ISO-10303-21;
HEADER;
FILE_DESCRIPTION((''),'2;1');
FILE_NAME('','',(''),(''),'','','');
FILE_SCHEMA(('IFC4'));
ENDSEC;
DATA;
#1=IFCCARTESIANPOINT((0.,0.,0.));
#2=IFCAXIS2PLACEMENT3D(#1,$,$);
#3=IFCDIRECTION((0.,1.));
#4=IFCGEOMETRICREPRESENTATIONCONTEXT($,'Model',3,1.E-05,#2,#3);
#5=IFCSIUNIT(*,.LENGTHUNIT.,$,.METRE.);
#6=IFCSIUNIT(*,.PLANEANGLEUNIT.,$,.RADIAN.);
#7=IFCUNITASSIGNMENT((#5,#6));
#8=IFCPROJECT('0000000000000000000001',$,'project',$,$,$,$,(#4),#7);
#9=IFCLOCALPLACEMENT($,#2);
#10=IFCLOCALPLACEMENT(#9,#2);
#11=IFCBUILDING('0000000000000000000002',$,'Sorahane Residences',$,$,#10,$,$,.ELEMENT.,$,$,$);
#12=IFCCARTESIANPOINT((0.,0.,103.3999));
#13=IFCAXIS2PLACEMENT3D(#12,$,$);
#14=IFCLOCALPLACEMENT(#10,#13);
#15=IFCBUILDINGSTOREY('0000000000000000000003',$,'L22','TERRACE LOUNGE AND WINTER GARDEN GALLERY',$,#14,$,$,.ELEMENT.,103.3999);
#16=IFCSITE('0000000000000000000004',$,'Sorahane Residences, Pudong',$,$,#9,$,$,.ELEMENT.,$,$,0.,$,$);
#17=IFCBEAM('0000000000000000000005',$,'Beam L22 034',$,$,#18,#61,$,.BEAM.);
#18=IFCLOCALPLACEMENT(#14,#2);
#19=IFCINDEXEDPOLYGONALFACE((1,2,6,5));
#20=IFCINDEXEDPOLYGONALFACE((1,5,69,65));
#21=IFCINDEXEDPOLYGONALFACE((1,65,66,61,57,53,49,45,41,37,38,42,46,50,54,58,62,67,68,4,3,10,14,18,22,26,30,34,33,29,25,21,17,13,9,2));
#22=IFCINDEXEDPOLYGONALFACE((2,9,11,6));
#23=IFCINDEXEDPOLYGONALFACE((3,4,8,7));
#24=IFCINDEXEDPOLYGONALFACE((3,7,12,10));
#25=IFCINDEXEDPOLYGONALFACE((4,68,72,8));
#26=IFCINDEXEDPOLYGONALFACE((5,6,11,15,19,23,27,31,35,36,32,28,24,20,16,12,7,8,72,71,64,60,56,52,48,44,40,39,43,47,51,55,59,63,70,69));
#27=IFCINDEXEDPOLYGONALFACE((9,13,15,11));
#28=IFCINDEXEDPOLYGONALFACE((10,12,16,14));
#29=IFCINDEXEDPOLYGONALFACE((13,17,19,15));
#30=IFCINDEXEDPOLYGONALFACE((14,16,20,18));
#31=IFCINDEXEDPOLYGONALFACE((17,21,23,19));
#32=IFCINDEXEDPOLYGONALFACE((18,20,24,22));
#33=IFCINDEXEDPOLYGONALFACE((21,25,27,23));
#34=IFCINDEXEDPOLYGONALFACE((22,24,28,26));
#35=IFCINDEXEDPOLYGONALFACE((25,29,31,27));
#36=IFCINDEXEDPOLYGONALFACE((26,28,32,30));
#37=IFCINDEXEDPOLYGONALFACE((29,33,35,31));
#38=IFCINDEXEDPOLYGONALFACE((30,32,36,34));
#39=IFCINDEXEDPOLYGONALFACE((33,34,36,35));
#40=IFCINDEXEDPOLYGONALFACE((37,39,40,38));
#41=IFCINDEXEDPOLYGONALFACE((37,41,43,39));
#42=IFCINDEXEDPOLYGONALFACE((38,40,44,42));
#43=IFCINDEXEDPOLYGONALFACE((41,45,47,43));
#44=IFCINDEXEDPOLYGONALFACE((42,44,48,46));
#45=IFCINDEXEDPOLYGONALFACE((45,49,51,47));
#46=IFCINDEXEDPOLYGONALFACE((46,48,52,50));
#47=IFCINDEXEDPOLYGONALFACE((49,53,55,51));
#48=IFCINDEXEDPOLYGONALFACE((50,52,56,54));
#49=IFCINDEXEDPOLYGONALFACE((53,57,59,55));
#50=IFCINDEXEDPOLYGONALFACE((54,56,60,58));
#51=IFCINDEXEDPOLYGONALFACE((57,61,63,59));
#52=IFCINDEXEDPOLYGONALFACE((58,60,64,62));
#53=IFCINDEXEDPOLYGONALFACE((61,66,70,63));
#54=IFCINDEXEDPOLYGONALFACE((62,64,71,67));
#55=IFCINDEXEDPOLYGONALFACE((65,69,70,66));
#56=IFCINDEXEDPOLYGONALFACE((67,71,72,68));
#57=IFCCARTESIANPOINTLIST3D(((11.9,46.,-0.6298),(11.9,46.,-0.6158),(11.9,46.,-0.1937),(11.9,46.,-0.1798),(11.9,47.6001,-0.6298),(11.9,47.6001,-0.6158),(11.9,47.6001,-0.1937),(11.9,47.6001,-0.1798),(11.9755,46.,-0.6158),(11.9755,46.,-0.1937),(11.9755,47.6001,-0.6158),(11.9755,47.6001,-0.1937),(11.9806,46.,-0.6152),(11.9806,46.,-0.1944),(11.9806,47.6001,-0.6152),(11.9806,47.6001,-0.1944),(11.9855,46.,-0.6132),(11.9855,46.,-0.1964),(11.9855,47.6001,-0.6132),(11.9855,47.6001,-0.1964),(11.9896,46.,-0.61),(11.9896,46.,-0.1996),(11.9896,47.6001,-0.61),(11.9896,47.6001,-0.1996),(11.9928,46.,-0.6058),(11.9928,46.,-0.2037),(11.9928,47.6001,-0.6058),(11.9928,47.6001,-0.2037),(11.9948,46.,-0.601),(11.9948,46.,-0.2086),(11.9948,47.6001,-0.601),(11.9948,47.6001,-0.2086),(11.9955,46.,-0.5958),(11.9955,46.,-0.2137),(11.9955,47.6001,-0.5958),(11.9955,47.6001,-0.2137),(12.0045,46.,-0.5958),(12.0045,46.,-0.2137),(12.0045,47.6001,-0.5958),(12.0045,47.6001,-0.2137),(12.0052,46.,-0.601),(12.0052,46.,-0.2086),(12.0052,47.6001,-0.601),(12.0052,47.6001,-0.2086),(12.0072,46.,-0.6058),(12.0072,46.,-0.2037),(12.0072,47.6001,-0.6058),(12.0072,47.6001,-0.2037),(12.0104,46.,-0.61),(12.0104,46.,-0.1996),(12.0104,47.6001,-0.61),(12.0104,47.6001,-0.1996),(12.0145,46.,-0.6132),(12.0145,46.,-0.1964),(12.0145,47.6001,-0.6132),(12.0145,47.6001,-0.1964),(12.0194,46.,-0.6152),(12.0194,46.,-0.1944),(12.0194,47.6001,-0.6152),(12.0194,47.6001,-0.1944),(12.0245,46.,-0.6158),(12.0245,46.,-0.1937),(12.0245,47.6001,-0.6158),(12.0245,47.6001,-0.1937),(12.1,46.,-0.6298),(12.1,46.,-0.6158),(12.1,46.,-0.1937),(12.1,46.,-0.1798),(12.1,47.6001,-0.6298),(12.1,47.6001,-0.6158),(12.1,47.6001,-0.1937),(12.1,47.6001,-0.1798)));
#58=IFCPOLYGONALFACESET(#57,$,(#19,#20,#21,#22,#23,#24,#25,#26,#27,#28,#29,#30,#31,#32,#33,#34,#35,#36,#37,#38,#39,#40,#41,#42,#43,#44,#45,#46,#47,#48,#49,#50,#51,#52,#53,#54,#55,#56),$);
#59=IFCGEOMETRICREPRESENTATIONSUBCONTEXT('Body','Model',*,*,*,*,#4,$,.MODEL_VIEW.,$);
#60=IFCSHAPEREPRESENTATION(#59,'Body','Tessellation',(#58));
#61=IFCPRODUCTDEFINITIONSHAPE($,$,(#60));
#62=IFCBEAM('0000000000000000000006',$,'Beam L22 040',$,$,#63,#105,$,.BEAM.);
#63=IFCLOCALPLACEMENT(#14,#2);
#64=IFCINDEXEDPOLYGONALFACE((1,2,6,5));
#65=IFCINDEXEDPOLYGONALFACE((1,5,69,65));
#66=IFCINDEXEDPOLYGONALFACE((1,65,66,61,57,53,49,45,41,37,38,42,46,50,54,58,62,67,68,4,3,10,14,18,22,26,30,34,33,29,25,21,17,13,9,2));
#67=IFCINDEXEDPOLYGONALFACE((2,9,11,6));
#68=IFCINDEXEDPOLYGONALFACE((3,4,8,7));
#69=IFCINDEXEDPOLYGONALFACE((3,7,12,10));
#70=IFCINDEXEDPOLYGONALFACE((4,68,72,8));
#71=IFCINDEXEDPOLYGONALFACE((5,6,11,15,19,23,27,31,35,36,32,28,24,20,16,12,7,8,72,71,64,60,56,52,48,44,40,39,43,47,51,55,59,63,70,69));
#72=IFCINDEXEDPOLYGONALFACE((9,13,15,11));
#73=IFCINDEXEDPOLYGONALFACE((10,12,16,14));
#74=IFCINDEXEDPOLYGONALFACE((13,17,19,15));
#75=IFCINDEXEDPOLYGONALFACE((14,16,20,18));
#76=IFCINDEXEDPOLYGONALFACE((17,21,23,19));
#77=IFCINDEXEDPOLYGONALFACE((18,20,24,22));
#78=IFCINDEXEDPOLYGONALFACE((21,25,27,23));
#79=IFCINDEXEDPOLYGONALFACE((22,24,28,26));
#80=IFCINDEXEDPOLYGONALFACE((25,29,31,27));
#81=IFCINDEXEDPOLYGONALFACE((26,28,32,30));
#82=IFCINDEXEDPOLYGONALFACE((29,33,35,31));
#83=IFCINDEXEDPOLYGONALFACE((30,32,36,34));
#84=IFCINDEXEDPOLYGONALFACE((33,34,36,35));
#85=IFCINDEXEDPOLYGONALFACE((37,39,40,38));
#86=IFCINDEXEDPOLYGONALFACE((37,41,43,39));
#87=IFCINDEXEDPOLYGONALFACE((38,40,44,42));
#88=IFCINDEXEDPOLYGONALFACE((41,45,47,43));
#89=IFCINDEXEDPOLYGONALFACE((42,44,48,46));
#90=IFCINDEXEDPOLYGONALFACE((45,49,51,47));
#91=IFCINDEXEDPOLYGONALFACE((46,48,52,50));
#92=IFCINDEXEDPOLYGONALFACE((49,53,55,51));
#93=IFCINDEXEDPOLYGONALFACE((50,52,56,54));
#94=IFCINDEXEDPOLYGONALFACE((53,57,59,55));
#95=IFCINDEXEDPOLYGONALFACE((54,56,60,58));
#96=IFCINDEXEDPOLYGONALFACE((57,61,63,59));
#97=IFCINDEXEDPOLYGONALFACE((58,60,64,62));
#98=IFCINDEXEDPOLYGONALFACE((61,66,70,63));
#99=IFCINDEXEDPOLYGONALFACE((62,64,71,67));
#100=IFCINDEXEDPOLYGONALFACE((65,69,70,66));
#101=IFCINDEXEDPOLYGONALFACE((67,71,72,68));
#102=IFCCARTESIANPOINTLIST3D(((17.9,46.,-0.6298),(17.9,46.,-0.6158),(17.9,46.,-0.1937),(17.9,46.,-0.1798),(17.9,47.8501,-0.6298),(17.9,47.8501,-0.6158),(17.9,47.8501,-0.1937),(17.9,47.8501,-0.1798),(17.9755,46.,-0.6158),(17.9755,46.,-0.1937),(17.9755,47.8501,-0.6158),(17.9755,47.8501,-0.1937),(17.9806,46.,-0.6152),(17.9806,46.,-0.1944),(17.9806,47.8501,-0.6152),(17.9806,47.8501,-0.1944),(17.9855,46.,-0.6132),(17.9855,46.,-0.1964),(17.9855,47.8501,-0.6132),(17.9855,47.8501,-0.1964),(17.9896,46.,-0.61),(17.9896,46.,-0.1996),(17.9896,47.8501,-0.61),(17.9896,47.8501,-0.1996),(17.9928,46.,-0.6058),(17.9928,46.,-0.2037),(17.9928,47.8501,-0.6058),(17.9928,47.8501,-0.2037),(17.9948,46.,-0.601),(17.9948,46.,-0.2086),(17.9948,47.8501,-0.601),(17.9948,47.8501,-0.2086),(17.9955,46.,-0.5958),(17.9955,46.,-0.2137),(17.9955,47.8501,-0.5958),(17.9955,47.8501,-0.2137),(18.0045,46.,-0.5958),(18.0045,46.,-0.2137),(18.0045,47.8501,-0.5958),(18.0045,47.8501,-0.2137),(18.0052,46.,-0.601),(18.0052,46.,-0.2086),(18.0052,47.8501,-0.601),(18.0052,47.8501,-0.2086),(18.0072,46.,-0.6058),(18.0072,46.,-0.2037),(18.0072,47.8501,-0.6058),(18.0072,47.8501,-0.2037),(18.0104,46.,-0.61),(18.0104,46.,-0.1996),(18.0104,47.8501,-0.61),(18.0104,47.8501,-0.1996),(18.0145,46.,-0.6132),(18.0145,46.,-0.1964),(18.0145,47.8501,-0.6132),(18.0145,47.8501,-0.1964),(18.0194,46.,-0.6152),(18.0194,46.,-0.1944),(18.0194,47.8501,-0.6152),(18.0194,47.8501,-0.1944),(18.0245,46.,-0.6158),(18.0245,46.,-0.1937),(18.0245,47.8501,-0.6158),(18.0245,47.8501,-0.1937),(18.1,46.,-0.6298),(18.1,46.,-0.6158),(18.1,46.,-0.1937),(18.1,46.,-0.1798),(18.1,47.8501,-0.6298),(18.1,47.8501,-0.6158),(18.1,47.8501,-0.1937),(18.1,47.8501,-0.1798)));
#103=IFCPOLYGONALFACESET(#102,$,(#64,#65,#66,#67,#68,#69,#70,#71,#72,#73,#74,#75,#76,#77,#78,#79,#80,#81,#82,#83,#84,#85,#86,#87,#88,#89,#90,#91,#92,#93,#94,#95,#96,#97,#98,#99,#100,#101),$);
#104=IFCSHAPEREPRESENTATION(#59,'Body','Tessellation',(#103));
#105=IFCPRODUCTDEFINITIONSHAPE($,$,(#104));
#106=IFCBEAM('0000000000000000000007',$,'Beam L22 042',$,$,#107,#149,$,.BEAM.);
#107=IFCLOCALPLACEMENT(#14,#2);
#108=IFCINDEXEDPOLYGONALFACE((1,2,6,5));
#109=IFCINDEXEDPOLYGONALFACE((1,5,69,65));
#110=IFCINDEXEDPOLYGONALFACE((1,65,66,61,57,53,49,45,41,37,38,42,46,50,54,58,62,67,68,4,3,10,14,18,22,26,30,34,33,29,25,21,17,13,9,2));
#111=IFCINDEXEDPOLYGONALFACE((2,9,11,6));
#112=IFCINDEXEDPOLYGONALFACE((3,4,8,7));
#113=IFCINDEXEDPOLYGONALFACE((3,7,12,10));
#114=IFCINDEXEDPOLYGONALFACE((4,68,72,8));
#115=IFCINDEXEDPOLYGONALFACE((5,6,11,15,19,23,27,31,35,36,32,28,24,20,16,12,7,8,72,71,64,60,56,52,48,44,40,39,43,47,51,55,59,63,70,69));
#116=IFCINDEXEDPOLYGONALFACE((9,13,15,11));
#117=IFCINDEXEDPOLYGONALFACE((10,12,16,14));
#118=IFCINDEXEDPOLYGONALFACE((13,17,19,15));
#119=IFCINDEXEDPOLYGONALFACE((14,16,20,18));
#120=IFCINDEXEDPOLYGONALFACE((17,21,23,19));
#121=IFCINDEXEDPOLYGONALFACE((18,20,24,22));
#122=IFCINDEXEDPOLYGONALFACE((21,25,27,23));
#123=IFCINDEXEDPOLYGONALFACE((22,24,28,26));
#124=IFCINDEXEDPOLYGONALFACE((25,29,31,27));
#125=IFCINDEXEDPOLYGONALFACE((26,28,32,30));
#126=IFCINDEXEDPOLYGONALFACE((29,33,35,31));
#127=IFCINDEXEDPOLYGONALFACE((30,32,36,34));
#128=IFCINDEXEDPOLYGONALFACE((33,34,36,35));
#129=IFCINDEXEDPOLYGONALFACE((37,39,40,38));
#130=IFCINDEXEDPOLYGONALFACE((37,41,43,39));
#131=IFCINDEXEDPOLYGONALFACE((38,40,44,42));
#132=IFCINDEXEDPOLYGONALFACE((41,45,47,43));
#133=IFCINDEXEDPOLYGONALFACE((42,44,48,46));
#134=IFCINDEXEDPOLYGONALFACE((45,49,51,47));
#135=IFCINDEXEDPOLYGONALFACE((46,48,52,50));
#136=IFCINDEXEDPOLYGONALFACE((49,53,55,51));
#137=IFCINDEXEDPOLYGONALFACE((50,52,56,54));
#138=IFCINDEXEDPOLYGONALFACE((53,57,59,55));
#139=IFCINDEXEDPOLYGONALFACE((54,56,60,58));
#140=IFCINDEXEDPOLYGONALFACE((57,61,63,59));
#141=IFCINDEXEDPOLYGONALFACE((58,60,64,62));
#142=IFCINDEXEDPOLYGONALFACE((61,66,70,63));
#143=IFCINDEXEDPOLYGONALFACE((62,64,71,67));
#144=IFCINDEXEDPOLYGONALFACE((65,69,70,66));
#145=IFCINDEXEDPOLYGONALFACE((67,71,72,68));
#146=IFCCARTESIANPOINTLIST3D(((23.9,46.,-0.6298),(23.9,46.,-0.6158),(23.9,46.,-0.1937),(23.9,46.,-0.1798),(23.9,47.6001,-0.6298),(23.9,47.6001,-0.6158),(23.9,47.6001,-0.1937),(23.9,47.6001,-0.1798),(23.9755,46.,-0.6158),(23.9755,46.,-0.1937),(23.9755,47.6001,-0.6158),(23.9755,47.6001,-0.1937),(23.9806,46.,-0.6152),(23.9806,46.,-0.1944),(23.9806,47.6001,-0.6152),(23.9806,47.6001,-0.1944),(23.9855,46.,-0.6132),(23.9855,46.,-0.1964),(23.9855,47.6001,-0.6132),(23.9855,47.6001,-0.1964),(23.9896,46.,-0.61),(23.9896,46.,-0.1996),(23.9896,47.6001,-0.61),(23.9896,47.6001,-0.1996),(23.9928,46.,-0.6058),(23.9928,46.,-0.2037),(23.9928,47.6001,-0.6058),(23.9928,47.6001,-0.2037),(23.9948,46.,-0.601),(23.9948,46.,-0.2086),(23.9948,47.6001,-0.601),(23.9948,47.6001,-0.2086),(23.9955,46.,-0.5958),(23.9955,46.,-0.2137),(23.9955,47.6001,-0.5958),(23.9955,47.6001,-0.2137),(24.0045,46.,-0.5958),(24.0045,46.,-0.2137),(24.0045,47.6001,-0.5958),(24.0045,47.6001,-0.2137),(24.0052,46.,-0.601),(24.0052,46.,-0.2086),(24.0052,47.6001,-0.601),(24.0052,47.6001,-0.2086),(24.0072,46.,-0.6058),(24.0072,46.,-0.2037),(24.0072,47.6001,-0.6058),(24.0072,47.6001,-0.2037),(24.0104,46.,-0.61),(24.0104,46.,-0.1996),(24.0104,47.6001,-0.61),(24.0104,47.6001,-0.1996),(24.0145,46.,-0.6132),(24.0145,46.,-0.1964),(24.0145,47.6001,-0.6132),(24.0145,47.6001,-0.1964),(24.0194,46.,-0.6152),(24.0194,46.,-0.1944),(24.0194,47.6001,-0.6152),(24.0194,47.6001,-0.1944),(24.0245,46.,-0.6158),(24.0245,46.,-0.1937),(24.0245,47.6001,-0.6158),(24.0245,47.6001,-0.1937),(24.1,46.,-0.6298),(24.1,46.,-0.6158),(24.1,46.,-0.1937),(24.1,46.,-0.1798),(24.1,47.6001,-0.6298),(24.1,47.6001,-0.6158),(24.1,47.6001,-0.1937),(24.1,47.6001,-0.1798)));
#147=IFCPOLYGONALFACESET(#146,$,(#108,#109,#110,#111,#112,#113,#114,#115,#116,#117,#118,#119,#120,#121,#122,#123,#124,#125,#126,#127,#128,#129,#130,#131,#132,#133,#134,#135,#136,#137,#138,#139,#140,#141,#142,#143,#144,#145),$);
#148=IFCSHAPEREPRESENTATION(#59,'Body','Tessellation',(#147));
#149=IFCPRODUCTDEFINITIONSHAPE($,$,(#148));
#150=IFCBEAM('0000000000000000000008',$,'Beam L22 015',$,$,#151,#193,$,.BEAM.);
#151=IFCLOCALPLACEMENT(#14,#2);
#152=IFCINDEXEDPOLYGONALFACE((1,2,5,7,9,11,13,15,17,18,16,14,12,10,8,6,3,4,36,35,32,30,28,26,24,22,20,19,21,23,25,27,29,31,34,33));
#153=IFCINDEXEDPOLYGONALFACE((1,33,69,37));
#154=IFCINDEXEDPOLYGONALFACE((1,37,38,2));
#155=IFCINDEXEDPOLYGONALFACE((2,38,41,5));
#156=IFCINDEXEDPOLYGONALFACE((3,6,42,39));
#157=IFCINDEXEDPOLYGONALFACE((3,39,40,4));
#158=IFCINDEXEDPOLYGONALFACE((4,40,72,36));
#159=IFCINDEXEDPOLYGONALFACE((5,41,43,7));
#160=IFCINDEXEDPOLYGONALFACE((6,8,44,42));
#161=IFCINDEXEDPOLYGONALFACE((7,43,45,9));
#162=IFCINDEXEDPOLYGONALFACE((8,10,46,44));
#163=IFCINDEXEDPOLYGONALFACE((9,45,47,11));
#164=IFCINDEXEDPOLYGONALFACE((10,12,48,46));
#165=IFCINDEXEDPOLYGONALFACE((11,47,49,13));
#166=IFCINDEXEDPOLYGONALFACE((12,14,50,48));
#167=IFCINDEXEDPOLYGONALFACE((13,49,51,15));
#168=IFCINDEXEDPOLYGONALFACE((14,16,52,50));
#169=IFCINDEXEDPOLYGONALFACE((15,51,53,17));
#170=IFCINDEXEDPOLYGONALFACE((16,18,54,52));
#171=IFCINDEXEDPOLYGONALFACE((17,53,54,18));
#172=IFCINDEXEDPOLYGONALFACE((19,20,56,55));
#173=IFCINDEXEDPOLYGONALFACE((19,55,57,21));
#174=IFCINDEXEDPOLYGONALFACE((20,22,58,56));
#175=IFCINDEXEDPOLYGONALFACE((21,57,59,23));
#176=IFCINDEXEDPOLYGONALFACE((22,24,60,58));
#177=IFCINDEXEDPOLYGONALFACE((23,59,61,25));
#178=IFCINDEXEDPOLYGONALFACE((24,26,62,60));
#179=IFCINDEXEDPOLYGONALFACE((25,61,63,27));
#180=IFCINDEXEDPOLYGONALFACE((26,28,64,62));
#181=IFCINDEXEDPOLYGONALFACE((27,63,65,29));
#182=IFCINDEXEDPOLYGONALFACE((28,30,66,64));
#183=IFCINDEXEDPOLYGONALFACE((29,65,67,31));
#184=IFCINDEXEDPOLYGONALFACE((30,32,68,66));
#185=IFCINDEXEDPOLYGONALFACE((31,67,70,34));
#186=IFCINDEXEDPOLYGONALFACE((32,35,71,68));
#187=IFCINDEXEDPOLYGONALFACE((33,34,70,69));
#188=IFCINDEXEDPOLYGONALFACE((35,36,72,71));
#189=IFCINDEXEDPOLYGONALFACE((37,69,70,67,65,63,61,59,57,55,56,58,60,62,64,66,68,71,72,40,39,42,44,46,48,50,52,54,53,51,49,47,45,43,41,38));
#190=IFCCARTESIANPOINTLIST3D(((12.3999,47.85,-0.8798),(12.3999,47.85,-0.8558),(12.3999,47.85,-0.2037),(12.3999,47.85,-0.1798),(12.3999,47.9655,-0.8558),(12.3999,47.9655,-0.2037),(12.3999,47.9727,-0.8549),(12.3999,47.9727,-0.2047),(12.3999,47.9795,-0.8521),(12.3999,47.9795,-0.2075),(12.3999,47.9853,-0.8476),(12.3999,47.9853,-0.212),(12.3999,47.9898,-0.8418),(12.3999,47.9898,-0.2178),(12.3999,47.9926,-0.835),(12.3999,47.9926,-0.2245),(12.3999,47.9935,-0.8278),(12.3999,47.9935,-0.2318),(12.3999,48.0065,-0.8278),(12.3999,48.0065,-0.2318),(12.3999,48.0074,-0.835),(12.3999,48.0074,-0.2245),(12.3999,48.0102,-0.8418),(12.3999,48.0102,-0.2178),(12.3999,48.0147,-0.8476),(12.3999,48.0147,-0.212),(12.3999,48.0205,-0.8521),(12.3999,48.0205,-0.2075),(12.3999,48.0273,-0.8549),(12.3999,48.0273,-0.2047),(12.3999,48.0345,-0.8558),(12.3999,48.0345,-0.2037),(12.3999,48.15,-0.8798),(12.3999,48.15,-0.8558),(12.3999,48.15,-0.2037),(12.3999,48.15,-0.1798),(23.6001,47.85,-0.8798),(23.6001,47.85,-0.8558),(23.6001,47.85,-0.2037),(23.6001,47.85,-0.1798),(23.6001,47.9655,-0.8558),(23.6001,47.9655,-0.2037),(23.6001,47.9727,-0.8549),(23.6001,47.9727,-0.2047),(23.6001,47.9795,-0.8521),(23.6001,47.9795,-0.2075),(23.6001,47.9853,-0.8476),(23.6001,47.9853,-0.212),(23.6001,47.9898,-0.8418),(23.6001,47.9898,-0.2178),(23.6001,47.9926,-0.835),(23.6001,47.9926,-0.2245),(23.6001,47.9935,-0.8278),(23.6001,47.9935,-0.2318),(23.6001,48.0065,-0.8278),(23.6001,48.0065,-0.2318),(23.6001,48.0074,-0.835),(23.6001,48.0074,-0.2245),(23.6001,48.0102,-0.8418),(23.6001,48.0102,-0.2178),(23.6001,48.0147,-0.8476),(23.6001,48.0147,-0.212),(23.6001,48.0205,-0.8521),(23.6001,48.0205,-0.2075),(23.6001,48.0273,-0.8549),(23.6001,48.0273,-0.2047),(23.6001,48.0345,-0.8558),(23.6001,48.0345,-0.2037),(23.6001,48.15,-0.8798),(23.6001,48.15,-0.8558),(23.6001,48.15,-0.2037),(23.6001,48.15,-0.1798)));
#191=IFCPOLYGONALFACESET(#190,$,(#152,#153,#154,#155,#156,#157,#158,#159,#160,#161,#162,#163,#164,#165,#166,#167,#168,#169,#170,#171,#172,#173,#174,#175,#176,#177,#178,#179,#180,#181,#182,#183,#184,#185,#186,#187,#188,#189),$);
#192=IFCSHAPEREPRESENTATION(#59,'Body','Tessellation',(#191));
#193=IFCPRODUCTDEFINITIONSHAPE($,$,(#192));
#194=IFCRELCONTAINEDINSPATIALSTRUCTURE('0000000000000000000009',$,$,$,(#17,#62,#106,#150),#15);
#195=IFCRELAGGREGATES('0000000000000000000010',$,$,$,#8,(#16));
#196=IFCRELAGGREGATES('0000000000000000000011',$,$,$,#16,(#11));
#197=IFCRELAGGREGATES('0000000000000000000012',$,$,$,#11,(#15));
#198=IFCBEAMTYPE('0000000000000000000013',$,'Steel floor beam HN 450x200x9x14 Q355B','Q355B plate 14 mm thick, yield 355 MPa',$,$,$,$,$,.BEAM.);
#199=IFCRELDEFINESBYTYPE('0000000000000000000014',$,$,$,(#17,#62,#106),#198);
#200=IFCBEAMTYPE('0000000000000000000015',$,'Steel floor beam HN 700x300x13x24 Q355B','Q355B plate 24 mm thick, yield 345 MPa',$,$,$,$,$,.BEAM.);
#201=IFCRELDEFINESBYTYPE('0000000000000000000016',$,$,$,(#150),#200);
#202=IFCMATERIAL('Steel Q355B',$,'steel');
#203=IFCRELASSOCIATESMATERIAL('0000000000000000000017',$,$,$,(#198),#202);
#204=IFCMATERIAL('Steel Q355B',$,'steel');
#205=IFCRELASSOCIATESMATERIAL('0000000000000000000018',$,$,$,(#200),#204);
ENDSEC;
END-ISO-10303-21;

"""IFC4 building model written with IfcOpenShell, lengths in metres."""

from ifc_helpers import new_model, si_unit, direction, frame, origin, origin_2d, place, context, subcontext, project, spatial, i_section, extrude, material, material_profile, profile_set, type_object, element, save


model = new_model("IFC4")

# Units and contexts
model_context = context("Model", 3, precision=1e-05, world=origin(), true_north=direction((0.0, 1.0)))
body_context = subcontext(model_context, "Body", "Model", "MODEL_VIEW")
ifc_project = project(units=[si_unit("LENGTHUNIT", "METRE"), si_unit("PLANEANGLEUNIT", "RADIAN")], contexts=[model_context])

# Site, building, storey
site_placement = place(None, origin())
site = spatial("IfcSite", under=ifc_project, at=site_placement, Name="Sorahane Residences, Pudong", CompositionType="ELEMENT", RefElevation=0.0)
building_placement = place(site_placement, origin())
building = spatial("IfcBuilding", under=site, at=building_placement, Name="Sorahane Residences", CompositionType="ELEMENT")
storey_placement = place(building_placement, frame((0.0, 0.0, 103.3999)))
storey = spatial("IfcBuildingStorey", under=building, at=storey_placement, Name="L22", Description="TERRACE LOUNGE AND WINTER GARDEN GALLERY", CompositionType="ELEMENT", Elevation=103.3999)

# Beams
ifc_material_1 = material(Name="Steel Q355B", Category="steel")
ifc_material_profile_1 = material_profile(ifc_material_1, i_section(OverallWidth=0.2, OverallDepth=0.45, WebThickness=0.009, FlangeThickness=0.0139, FilletRadius=0.02, at=origin_2d()), Name="HN 450x200x9x14")
ifc_profile_set_1 = profile_set([ifc_material_profile_1], Name="Steel Q355B")
beam_type_1 = type_object("IfcBeamType", Name="Steel floor beam HN 450x200x9x14 Q355B", Description="Q355B plate 14 mm thick, yield 355 MPa", PredefinedType="BEAM", material=ifc_profile_set_1)
beam_1_placement = place(storey_placement, frame((12.0, 46.0, -0.4048), z_axis=(0.0, 1.0, 0.0), x_axis=(-1.0, 0.0, 0.0)))
element("IfcBeam", 1, at=beam_1_placement, inside=storey, type_object=beam_type_1, Name="Beam L22 034", PredefinedType="BEAM", context=body_context, shape_type="SweptSolid", body=[
    extrude(i_section(OverallWidth=0.2, OverallDepth=0.45, WebThickness=0.009, FlangeThickness=0.0139, FilletRadius=0.02, at=origin_2d()), origin(), (0.0, 0.0, 1.0), 1.6001),
])
beam_2_placement = place(storey_placement, frame((18.0, 46.0, -0.4048), z_axis=(0.0, 1.0, 0.0), x_axis=(-1.0, 0.0, 0.0)))
element("IfcBeam", 2, at=beam_2_placement, inside=storey, type_object=beam_type_1, Name="Beam L22 040", PredefinedType="BEAM", context=body_context, shape_type="SweptSolid", body=[
    extrude(i_section(OverallWidth=0.2, OverallDepth=0.45, WebThickness=0.009, FlangeThickness=0.0139, FilletRadius=0.02, at=origin_2d()), origin(), (0.0, 0.0, 1.0), 1.8501),
])
beam_3_placement = place(storey_placement, frame((24.0, 46.0, -0.4048), z_axis=(0.0, 1.0, 0.0), x_axis=(-1.0, 0.0, 0.0)))
element("IfcBeam", 3, at=beam_3_placement, inside=storey, type_object=beam_type_1, Name="Beam L22 042", PredefinedType="BEAM", context=body_context, shape_type="SweptSolid", body=[
    extrude(i_section(OverallWidth=0.2, OverallDepth=0.45, WebThickness=0.009, FlangeThickness=0.0139, FilletRadius=0.02, at=origin_2d()), origin(), (0.0, 0.0, 1.0), 1.6001),
])
ifc_material_2 = material(Name="Steel Q355B", Category="steel")
ifc_material_profile_2 = material_profile(ifc_material_2, i_section(OverallWidth=0.3, OverallDepth=0.7, WebThickness=0.0129, FlangeThickness=0.0239, FilletRadius=0.0281, at=origin_2d()), Name="HN 700x300x13x24")
ifc_profile_set_2 = profile_set([ifc_material_profile_2], Name="Steel Q355B")
beam_type_2 = type_object("IfcBeamType", Name="Steel floor beam HN 700x300x13x24 Q355B", Description="Q355B plate 24 mm thick, yield 345 MPa", PredefinedType="BEAM", material=ifc_profile_set_2)
beam_4_placement = place(storey_placement, frame((12.3999, 48.0, -0.5298), z_axis=(1.0, 0.0, 0.0), x_axis=(0.0, 1.0, 0.0)))
element("IfcBeam", 4, at=beam_4_placement, inside=storey, type_object=beam_type_2, Name="Beam L22 015", PredefinedType="BEAM", context=body_context, shape_type="SweptSolid", body=[
    extrude(i_section(OverallWidth=0.3, OverallDepth=0.7, WebThickness=0.0129, FlangeThickness=0.0239, FilletRadius=0.0281, at=origin_2d()), origin(), (0.0, 0.0, 1.0), 11.2002),
])

save(model, "model.ifc")
